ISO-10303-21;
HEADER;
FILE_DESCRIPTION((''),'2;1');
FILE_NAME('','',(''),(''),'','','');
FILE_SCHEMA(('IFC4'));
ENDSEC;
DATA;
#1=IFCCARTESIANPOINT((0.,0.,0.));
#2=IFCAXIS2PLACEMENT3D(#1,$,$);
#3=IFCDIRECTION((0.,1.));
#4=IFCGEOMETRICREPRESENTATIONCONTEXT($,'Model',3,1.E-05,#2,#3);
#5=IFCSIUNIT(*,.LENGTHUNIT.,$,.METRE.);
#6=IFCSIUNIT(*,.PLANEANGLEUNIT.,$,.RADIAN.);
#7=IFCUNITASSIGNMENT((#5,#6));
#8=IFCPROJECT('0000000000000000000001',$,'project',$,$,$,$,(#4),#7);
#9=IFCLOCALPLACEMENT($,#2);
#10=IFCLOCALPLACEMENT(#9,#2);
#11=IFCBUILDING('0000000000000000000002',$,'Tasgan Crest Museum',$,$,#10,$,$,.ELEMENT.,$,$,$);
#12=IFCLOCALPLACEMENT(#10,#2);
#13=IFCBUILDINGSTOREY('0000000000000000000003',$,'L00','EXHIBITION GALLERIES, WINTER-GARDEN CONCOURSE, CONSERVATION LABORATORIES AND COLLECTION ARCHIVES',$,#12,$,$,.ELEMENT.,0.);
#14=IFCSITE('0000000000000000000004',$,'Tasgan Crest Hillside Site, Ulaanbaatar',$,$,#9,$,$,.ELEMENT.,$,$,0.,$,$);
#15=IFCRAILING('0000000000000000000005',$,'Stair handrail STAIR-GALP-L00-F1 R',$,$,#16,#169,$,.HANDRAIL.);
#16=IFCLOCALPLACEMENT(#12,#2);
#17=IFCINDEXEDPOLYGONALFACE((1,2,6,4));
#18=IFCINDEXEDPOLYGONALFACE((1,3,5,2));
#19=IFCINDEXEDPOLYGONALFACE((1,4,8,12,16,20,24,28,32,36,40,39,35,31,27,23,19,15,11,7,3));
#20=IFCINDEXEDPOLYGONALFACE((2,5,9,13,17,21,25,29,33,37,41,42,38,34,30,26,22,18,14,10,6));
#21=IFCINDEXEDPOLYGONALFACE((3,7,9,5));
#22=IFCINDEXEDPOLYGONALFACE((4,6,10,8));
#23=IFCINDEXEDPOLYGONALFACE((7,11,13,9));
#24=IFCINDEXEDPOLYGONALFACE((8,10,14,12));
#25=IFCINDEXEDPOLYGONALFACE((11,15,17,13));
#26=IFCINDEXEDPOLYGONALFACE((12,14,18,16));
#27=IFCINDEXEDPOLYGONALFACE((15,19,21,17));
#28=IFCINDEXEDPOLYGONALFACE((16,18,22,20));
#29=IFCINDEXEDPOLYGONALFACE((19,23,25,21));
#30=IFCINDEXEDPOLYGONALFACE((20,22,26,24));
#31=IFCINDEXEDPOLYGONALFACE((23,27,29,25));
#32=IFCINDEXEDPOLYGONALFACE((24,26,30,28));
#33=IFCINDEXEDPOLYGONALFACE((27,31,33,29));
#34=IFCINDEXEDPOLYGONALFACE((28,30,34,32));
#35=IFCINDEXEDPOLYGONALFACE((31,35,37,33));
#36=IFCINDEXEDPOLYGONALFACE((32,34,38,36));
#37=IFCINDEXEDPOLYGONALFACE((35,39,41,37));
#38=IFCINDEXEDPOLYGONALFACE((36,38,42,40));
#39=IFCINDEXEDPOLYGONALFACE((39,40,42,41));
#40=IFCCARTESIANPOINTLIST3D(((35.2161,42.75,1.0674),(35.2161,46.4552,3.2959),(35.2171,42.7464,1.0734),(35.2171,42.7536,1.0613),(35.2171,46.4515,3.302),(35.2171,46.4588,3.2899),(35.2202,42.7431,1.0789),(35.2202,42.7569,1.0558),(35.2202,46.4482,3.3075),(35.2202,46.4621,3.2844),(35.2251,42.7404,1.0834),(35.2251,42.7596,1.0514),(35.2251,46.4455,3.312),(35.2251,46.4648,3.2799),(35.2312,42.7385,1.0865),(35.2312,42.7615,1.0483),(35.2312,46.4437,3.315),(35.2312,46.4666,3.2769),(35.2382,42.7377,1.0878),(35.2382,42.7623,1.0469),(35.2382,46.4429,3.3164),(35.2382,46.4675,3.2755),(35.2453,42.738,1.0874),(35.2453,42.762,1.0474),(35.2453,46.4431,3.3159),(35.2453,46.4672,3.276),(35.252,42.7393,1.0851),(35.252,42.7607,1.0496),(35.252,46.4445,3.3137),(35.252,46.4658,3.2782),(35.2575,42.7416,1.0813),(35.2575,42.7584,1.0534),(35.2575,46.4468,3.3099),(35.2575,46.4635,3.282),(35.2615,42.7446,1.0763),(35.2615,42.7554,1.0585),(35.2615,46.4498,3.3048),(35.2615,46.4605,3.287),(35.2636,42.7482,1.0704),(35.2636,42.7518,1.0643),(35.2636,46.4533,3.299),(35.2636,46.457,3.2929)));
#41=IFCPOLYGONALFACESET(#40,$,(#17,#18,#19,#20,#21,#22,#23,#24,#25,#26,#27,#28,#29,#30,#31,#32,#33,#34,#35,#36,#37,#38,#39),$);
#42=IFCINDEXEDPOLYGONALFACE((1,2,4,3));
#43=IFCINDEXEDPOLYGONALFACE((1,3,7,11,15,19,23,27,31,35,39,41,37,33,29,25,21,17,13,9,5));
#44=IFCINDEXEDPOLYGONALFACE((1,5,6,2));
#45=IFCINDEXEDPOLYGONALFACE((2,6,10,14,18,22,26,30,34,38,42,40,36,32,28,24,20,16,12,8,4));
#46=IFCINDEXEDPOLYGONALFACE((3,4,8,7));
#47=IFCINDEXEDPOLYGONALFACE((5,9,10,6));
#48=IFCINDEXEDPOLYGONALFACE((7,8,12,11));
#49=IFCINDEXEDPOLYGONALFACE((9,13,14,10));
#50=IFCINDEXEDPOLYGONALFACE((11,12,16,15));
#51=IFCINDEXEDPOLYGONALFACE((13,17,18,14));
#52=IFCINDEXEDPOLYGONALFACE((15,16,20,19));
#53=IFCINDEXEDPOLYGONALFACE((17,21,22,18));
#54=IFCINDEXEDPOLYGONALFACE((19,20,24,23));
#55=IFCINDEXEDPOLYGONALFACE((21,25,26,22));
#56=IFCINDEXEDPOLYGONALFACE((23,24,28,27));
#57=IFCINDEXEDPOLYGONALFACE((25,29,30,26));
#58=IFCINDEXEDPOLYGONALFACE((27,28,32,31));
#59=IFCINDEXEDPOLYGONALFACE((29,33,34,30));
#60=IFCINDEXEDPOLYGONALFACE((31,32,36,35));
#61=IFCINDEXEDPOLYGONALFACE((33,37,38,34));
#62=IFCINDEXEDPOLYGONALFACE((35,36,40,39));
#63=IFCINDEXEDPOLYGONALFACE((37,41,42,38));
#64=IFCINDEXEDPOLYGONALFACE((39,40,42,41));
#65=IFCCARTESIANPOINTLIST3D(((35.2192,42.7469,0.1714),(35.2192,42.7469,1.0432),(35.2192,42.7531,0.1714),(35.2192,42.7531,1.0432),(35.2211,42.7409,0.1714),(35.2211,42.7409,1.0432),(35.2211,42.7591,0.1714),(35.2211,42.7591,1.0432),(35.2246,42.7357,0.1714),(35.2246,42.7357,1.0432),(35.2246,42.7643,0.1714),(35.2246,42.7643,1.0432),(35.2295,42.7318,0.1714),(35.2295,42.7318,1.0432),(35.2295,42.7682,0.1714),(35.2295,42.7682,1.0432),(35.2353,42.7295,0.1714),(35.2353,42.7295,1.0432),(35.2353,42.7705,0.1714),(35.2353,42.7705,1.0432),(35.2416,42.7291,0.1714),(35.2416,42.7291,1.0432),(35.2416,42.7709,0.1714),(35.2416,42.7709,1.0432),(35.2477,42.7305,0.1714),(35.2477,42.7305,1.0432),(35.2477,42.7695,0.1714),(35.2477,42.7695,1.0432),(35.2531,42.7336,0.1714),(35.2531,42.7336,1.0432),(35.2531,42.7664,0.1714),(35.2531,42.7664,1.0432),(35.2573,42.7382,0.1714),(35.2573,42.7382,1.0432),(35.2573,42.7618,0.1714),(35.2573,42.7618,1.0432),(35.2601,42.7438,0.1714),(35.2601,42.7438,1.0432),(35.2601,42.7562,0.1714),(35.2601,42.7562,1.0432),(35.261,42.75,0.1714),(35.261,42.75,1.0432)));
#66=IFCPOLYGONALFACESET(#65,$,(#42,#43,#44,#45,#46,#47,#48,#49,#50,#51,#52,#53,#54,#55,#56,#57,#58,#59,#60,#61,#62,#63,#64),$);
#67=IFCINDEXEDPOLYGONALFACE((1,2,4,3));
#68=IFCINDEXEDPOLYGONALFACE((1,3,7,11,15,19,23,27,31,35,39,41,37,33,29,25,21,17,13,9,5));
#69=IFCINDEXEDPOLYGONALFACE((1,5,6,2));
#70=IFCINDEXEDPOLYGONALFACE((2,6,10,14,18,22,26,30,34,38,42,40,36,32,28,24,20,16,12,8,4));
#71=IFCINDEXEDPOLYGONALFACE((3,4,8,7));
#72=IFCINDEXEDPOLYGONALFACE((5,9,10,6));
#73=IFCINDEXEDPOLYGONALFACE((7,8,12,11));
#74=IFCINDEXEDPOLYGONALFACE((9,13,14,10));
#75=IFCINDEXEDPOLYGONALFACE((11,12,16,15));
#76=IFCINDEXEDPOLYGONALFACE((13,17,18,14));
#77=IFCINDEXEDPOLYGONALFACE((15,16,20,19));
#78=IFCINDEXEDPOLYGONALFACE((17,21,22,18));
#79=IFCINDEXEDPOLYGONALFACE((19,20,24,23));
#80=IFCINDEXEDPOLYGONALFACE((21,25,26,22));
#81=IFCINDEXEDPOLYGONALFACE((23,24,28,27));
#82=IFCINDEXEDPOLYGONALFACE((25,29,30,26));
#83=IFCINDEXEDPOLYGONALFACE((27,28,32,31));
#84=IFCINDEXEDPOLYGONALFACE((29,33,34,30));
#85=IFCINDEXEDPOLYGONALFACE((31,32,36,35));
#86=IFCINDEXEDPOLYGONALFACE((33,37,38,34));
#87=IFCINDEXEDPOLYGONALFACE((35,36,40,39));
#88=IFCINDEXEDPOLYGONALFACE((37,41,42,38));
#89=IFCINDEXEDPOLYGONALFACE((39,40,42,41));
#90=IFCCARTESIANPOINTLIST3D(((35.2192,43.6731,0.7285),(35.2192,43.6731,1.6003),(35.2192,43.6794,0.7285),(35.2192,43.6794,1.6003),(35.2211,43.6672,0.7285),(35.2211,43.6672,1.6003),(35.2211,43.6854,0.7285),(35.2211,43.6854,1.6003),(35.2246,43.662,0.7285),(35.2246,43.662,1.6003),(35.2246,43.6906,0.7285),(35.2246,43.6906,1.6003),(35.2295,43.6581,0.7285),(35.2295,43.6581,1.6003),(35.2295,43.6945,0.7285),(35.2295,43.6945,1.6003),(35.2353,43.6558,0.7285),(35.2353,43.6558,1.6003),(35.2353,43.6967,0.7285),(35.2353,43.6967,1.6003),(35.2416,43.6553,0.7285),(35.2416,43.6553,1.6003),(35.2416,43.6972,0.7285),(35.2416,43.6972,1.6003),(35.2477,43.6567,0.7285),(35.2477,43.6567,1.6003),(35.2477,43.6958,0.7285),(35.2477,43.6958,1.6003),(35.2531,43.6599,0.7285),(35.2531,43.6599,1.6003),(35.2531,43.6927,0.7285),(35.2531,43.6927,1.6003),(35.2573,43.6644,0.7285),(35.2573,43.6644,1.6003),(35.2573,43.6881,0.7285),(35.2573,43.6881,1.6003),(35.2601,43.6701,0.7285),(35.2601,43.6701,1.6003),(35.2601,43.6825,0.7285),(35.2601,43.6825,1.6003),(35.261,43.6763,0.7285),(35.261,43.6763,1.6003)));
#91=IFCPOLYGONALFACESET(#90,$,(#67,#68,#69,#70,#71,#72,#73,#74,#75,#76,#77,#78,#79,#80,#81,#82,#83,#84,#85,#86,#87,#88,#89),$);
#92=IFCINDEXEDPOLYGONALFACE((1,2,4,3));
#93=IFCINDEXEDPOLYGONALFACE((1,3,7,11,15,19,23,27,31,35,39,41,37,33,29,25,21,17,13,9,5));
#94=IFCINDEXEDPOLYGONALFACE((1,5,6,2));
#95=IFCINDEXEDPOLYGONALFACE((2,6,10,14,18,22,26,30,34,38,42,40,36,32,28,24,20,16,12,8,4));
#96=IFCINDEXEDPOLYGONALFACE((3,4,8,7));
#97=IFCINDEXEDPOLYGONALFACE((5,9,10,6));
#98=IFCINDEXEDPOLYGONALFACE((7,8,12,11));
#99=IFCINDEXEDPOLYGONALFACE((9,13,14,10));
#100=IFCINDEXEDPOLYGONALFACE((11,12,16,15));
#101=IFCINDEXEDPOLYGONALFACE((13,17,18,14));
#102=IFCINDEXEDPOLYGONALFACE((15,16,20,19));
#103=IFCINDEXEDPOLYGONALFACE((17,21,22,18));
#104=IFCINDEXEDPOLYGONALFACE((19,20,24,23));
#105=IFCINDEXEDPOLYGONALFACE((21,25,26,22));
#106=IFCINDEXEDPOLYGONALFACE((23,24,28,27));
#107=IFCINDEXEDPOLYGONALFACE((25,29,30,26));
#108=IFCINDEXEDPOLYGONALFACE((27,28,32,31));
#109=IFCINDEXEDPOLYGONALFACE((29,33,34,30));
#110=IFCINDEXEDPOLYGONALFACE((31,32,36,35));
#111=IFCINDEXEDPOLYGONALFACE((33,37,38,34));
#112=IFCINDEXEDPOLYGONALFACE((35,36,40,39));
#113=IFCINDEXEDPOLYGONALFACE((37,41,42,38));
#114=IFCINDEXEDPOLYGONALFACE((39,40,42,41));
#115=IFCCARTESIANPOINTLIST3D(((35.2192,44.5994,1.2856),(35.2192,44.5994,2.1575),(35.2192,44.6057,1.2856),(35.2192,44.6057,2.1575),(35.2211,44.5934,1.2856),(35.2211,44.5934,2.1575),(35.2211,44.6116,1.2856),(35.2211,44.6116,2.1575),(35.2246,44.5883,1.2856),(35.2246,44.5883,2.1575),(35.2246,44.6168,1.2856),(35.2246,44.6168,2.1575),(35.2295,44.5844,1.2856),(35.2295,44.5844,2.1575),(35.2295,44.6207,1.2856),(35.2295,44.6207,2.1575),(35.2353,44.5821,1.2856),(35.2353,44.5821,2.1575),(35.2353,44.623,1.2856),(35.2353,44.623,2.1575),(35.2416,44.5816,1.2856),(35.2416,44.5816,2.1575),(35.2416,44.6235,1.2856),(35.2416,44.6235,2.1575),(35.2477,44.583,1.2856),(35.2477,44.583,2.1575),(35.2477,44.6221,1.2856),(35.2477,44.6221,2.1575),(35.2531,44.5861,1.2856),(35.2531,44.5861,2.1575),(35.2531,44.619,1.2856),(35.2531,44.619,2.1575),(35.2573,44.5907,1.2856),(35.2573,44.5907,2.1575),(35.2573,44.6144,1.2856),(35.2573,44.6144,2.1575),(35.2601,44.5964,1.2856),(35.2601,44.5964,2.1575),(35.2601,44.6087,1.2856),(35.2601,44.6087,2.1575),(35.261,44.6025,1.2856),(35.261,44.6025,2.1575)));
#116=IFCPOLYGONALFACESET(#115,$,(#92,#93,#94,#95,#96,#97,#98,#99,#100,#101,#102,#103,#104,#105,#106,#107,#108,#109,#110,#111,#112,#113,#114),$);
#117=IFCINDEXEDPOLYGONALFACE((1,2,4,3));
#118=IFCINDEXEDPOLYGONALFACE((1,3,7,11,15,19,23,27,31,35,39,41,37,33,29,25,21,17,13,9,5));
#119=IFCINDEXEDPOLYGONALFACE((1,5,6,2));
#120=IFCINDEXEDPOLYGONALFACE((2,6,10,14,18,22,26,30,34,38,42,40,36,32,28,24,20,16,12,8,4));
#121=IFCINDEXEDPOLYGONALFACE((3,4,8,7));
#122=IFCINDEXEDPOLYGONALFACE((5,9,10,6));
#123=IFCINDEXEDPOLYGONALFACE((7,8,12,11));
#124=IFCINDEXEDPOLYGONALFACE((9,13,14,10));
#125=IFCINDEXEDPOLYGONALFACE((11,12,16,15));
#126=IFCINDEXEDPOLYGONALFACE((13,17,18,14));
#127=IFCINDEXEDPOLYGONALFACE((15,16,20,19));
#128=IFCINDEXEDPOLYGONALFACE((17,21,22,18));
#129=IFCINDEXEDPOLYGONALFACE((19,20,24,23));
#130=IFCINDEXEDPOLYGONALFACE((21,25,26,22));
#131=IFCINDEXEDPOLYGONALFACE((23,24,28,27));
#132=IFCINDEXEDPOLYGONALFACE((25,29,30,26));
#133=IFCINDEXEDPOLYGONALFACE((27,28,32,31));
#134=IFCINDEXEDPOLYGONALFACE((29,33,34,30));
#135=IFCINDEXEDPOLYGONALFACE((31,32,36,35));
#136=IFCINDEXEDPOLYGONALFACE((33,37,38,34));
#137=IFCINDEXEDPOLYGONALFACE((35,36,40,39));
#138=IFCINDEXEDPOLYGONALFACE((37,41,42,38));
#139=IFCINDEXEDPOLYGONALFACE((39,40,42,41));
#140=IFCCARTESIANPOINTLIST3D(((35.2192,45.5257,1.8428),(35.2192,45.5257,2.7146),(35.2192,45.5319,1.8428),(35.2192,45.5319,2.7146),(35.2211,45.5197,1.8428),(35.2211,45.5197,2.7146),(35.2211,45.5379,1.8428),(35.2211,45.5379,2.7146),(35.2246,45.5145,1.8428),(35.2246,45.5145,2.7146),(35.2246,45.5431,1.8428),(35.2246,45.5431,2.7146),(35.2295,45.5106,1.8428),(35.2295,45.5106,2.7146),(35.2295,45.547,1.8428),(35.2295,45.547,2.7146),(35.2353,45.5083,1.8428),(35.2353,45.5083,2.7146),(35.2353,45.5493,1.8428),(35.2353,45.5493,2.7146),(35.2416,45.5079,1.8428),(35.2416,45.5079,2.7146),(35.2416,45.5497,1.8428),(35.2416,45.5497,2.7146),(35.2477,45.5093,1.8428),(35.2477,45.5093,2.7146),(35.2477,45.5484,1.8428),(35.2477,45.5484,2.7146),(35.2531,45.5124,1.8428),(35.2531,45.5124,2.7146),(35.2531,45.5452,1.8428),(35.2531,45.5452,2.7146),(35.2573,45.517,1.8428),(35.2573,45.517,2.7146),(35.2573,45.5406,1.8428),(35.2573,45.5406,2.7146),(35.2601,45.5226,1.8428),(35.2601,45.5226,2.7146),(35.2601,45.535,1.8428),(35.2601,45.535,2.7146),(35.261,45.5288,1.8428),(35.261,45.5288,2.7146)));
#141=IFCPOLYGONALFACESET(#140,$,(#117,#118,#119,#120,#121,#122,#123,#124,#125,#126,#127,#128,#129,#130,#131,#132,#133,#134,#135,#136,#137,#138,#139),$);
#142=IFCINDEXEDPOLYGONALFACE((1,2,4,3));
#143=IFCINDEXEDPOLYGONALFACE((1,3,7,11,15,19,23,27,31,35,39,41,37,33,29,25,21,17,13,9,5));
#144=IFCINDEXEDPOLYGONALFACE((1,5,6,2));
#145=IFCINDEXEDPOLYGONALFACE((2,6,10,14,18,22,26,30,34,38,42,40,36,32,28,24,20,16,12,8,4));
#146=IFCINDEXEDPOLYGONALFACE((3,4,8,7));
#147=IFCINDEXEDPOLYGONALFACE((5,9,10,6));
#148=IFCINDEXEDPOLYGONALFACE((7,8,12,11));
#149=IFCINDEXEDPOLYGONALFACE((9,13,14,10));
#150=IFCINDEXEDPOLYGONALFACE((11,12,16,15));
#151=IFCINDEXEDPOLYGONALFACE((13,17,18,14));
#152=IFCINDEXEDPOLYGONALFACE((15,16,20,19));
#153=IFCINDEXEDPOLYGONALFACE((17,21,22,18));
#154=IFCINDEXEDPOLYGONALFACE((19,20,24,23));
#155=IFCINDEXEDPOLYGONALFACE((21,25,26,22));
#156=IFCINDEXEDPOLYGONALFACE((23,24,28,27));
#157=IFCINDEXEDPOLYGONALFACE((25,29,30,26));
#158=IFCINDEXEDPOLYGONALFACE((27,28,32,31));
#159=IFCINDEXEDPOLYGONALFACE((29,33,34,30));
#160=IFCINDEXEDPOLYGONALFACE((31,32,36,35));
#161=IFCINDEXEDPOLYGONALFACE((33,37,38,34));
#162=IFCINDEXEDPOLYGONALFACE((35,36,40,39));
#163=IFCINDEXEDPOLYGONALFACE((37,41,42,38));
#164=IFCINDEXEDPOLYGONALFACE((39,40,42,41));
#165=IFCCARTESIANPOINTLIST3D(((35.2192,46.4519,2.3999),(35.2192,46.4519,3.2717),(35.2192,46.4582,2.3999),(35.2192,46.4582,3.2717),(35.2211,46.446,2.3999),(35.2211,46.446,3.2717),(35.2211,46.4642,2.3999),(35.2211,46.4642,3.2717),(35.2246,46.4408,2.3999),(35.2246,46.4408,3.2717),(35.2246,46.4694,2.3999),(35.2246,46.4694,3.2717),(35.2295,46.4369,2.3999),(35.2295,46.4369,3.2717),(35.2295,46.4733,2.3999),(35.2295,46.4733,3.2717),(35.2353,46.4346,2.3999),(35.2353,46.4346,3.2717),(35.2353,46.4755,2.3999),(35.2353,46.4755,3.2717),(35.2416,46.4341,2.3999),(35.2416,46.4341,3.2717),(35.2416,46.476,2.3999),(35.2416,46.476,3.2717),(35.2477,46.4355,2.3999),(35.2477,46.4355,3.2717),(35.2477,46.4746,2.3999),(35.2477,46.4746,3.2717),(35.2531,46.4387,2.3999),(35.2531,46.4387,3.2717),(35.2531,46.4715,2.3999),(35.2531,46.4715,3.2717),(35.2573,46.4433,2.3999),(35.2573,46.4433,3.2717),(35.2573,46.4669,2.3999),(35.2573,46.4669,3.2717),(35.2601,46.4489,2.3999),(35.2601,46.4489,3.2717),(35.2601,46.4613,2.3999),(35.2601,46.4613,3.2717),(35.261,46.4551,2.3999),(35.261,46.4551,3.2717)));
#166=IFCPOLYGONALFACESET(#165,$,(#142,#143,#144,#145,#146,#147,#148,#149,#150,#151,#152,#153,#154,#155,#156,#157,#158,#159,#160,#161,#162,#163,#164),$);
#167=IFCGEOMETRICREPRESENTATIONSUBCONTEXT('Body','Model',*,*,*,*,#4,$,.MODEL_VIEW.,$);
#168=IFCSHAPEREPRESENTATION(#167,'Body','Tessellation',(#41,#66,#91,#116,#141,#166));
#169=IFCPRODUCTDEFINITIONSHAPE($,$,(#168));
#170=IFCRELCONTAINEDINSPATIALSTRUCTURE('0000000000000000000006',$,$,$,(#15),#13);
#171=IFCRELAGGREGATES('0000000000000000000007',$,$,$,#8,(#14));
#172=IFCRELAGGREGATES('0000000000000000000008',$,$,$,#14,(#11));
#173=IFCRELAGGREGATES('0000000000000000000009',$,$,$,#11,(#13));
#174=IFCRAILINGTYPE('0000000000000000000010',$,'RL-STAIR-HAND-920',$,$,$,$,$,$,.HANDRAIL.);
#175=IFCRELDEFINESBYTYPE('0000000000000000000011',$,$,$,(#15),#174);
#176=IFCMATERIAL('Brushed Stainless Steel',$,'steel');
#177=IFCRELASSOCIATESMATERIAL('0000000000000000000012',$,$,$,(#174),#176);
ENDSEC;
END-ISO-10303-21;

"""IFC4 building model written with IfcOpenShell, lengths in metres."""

from ifc_helpers import new_model, si_unit, direction, frame, origin, origin_2d, place, context, subcontext, project, spatial, circle, extrude, material, type_object, element, save


model = new_model("IFC4")

# Units and contexts
model_context = context("Model", 3, precision=1e-05, world=origin(), true_north=direction((0.0, 1.0)))
body_context = subcontext(model_context, "Body", "Model", "MODEL_VIEW")
ifc_project = project(units=[si_unit("LENGTHUNIT", "METRE"), si_unit("PLANEANGLEUNIT", "RADIAN")], contexts=[model_context])

# Site, building, storey
site_placement = place(None, origin())
site = spatial("IfcSite", under=ifc_project, at=site_placement, Name="Tasgan Crest Hillside Site, Ulaanbaatar", CompositionType="ELEMENT", RefElevation=0.0)
building_placement = place(site_placement, origin())
building = spatial("IfcBuilding", under=site, at=building_placement, Name="Tasgan Crest Museum", CompositionType="ELEMENT")
storey_placement = place(building_placement, origin())
storey = spatial("IfcBuildingStorey", under=building, at=storey_placement, Name="L00", Description="EXHIBITION GALLERIES, WINTER-GARDEN CONCOURSE, CONSERVATION LABORATORIES AND COLLECTION ARCHIVES", CompositionType="ELEMENT", Elevation=0.0)

# Railing
ifc_material_1 = material(Name="Brushed Stainless Steel", Category="steel")
railing_type_1 = type_object("IfcRailingType", Name="RL-STAIR-HAND-920", PredefinedType="HANDRAIL", material=ifc_material_1)
for number, where, name in (
    (1, (35.24, 42.75, 0.1714), "Stair handrail STAIR-GALP-L00-F1 R"),
):
    element("IfcRailing", number, at=place(storey_placement, frame(where)), inside=storey, type_object=railing_type_1, Name=name, PredefinedType="HANDRAIL", context=body_context, shape_type="SweptSolid", body=[
        extrude(circle(Radius=0.0239, at=origin_2d()), frame((0.0, 0.0, 0.896), z_axis=(0.0, 0.856934, 0.515425), x_axis=(-1.0, 0.0, 0.0)), (0.0, 0.0, 1.0), 4.3237),
        extrude(circle(Radius=0.021, at=origin_2d()), origin(), (0.0, 0.0, 1.0), 0.8718),
        extrude(circle(Radius=0.021, at=origin_2d()), frame((0.0, 0.9263, 0.5571)), (0.0, 0.0, 1.0), 0.8718),
        extrude(circle(Radius=0.021, at=origin_2d()), frame((0.0, 1.8525, 1.1143)), (0.0, 0.0, 1.0), 0.8718),
        extrude(circle(Radius=0.021, at=origin_2d()), frame((0.0, 2.7788, 1.6714)), (0.0, 0.0, 1.0), 0.8718),
        extrude(circle(Radius=0.021, at=origin_2d()), frame((0.0, 3.7051, 2.2285)), (0.0, 0.0, 1.0), 0.8718),
    ])

save(model, "model.ifc")
